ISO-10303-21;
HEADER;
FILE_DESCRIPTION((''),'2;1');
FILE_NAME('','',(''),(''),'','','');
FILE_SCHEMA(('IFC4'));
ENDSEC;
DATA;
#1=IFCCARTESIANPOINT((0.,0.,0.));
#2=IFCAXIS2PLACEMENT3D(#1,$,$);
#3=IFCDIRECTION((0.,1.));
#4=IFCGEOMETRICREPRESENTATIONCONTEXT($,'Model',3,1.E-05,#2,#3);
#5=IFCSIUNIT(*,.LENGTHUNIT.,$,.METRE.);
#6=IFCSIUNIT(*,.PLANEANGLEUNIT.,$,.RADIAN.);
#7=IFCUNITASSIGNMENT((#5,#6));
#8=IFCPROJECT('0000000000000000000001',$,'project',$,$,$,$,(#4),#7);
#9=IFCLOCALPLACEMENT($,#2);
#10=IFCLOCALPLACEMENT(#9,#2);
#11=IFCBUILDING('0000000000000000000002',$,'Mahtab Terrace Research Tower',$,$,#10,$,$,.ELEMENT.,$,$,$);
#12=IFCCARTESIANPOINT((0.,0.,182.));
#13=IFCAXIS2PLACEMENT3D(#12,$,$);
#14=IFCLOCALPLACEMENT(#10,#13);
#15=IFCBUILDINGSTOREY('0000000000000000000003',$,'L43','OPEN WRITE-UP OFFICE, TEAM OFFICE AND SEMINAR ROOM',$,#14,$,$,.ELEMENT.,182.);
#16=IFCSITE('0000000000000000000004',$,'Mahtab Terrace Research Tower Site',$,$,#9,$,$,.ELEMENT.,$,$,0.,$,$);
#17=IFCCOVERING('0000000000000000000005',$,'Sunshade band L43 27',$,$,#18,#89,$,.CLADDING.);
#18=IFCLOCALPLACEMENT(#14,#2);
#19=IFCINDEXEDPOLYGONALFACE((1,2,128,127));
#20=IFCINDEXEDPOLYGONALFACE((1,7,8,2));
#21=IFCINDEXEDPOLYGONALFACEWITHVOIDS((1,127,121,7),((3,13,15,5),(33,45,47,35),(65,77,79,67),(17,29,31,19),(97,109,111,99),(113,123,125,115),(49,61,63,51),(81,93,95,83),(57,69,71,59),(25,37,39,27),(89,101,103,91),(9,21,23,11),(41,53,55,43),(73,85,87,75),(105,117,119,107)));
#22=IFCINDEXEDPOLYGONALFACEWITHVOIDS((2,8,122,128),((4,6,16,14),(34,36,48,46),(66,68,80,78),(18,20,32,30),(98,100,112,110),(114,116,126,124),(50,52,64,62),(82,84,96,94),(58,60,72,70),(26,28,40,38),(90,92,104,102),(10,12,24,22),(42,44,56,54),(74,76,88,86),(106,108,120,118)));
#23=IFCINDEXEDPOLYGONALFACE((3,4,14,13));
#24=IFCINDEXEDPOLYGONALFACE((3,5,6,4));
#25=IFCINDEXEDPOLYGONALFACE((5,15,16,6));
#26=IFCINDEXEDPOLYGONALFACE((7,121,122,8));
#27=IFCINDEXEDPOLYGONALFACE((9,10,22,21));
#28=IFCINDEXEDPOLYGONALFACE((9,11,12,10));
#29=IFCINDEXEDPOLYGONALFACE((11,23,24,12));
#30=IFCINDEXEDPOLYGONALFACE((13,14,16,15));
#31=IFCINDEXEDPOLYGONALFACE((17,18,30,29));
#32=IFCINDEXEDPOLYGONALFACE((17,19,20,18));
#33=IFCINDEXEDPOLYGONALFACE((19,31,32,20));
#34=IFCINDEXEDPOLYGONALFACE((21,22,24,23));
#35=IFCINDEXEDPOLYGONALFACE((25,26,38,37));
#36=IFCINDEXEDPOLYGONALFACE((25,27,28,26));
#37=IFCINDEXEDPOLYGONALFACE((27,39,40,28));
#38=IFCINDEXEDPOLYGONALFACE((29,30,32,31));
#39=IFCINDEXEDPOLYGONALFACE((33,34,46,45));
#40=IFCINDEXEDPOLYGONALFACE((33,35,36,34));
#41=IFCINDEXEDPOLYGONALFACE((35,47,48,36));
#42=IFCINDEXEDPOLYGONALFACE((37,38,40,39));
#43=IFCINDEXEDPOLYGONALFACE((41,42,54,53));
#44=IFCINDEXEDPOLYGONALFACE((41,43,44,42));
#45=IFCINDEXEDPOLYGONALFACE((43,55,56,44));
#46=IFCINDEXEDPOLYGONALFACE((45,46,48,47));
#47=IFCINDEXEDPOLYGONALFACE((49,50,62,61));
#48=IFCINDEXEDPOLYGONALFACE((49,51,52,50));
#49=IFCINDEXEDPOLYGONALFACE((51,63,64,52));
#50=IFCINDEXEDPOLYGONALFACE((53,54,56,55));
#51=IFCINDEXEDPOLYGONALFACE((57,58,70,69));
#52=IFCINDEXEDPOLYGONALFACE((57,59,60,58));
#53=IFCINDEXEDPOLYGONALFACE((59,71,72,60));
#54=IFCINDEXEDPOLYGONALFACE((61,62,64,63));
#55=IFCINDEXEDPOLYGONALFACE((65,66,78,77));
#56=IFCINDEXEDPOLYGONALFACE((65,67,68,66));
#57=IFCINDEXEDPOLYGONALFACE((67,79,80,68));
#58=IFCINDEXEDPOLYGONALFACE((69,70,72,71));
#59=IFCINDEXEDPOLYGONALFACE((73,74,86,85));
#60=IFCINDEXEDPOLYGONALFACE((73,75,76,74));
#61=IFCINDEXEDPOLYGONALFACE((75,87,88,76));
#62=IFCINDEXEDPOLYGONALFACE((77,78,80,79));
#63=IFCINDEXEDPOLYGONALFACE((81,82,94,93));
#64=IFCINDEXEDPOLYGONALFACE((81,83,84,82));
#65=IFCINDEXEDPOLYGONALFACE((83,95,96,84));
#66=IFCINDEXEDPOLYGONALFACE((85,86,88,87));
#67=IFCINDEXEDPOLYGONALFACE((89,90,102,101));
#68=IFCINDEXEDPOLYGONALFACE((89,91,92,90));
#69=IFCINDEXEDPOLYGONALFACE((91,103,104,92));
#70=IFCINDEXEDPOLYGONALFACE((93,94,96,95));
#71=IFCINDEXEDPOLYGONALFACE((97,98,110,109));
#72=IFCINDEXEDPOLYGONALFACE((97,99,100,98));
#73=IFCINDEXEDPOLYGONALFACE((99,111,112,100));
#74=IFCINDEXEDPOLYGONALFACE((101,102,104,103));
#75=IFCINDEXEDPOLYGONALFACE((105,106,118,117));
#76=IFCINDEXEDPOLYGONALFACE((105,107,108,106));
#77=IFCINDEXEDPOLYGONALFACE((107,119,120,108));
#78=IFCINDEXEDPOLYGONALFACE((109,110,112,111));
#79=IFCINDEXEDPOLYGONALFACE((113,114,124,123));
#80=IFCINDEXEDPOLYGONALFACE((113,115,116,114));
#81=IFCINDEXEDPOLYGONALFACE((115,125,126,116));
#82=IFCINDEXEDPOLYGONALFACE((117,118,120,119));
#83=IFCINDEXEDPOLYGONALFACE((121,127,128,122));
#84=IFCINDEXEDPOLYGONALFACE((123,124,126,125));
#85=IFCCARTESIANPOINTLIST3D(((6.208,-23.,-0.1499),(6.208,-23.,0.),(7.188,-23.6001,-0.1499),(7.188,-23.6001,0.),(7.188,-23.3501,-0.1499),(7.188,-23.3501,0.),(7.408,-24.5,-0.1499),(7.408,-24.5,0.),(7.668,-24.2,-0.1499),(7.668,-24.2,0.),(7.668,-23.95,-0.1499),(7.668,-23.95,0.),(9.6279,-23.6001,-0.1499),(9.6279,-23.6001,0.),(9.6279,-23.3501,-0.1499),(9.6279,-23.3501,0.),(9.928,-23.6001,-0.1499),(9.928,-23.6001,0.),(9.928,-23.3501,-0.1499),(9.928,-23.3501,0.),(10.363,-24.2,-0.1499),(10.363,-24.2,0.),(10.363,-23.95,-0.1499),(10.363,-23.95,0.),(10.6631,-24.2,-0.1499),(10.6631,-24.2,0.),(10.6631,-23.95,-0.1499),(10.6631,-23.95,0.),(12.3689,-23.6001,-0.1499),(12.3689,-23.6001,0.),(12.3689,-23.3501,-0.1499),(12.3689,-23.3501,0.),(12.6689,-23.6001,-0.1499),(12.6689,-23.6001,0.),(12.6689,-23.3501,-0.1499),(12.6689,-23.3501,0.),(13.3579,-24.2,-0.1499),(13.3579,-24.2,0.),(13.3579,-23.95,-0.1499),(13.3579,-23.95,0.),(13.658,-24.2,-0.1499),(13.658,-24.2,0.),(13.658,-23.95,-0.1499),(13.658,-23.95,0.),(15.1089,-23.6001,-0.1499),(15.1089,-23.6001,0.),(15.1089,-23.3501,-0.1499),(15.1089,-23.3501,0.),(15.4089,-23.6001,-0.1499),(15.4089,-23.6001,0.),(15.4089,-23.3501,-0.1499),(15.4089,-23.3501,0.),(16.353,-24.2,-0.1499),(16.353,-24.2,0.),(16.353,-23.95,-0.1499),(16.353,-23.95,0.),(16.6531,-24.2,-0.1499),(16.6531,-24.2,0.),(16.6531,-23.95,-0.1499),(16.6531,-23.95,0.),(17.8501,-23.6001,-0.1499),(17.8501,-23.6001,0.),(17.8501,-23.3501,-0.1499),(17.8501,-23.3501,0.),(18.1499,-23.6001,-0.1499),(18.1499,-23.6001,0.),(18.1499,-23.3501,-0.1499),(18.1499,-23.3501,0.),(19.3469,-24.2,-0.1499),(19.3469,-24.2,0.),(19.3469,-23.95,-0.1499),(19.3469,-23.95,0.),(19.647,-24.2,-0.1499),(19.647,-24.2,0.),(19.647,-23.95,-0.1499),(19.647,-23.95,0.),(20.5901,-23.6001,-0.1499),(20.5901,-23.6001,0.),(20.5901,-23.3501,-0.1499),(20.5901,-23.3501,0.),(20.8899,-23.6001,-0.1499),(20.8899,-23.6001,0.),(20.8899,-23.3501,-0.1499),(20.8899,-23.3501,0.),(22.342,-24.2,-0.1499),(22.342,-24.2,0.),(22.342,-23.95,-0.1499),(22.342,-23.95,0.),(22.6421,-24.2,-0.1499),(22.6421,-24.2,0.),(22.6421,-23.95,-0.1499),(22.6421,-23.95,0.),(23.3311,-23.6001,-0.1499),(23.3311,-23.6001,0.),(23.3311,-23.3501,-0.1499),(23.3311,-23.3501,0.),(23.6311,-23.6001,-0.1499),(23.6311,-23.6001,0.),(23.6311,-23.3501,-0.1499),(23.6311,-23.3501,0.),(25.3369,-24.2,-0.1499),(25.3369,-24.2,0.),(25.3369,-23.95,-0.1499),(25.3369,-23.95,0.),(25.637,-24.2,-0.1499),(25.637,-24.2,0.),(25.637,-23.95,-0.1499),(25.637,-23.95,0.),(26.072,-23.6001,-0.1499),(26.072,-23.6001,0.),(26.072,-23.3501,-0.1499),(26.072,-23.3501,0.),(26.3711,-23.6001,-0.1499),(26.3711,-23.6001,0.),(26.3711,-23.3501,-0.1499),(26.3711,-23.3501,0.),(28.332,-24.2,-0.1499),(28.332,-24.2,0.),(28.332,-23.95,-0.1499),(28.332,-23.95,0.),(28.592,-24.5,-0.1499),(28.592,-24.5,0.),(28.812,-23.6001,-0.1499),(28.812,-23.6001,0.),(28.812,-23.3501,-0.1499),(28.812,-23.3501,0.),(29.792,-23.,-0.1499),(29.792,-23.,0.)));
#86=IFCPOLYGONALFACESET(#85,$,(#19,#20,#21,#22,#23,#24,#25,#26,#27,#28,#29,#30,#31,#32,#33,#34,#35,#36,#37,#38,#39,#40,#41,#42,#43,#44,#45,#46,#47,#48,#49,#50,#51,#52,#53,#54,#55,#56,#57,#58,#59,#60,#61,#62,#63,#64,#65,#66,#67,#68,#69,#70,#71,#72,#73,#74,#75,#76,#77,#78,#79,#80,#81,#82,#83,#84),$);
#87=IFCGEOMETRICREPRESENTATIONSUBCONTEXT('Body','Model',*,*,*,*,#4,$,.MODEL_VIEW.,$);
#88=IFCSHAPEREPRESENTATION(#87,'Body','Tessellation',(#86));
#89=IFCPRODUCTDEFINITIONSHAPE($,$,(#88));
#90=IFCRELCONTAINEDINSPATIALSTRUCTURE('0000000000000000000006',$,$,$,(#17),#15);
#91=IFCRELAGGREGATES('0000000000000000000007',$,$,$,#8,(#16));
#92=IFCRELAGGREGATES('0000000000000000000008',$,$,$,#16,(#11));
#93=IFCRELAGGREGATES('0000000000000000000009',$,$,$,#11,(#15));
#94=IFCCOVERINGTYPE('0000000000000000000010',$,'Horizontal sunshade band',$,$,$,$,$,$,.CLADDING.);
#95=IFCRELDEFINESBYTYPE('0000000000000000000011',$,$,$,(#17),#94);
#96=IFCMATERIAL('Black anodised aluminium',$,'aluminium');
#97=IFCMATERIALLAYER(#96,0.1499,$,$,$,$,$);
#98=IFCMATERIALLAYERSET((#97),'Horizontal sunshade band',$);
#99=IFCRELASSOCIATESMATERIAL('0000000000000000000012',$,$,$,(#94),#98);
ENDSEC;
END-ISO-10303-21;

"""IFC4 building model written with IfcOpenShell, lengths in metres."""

from ifc_helpers import new_model, si_unit, direction, frame, origin, place, context, subcontext, project, spatial, polyline, outline, extrude, material, layer, layer_set, type_object, element, save


model = new_model("IFC4")

# Units and contexts
model_context = context("Model", 3, precision=1e-05, world=origin(), true_north=direction((0.0, 1.0)))
body_context = subcontext(model_context, "Body", "Model", "MODEL_VIEW")
ifc_project = project(units=[si_unit("LENGTHUNIT", "METRE"), si_unit("PLANEANGLEUNIT", "RADIAN")], contexts=[model_context])

# Site, building, storey
site_placement = place(None, origin())
site = spatial("IfcSite", under=ifc_project, at=site_placement, Name="Mahtab Terrace Research Tower Site", CompositionType="ELEMENT", RefElevation=0.0)
building_placement = place(site_placement, origin())
building = spatial("IfcBuilding", under=site, at=building_placement, Name="Mahtab Terrace Research Tower", CompositionType="ELEMENT")
storey_placement = place(building_placement, frame((0.0, 0.0, 182.0)))
storey = spatial("IfcBuildingStorey", under=building, at=storey_placement, Name="L43", Description="OPEN WRITE-UP OFFICE, TEAM OFFICE AND SEMINAR ROOM", CompositionType="ELEMENT", Elevation=182.0)

# Covering
ifc_material_1 = material(Name="Black anodised aluminium", Category="aluminium")
ifc_layer_1 = layer(ifc_material_1, 0.1499)
ifc_layer_set_1 = layer_set([ifc_layer_1], Name="Horizontal sunshade band")
covering_type = type_object("IfcCoveringType", Name="Horizontal sunshade band", PredefinedType="CLADDING", material=ifc_layer_set_1)
covering_1_placement = place(storey_placement, frame((0.0, 0.0, -0.1499)))
element("IfcCovering", 1, at=covering_1_placement, inside=storey, type_object=covering_type, Name="Sunshade band L43 27", PredefinedType="CLADDING", context=body_context, shape_type="SweptSolid", body=[
    extrude(outline(polyline([(6.208, -23.0), (29.792, -23.0), (28.592, -24.5), (7.408, -24.5), (6.208, -23.0)]), holes=[polyline([(7.188, -23.3501), (9.6279, -23.3501), (9.6279, -23.6001), (7.188, -23.6001), (7.188, -23.3501)]), polyline([(9.928, -23.3501), (12.3689, -23.3501), (12.3689, -23.6001), (9.928, -23.6001), (9.928, -23.3501)]), polyline([(12.6689, -23.3501), (15.1089, -23.3501), (15.1089, -23.6001), (12.6689, -23.6001), (12.6689, -23.3501)]), polyline([(15.4089, -23.3501), (17.8501, -23.3501), (17.8501, -23.6001), (15.4089, -23.6001), (15.4089, -23.3501)]), polyline([(18.1499, -23.3501), (20.5901, -23.3501), (20.5901, -23.6001), (18.1499, -23.6001), (18.1499, -23.3501)]), polyline([(20.8899, -23.3501), (23.3311, -23.3501), (23.3311, -23.6001), (20.8899, -23.6001), (20.8899, -23.3501)]), polyline([(23.6311, -23.3501), (26.072, -23.3501), (26.072, -23.6001), (23.6311, -23.6001), (23.6311, -23.3501)]), polyline([(26.3711, -23.3501), (28.812, -23.3501), (28.812, -23.6001), (26.3711, -23.6001), (26.3711, -23.3501)]), polyline([(7.668, -23.95), (10.363, -23.95), (10.363, -24.2), (7.668, -24.2), (7.668, -23.95)]), polyline([(10.6631, -23.95), (13.3579, -23.95), (13.3579, -24.2), (10.6631, -24.2), (10.6631, -23.95)]), polyline([(13.658, -23.95), (16.353, -23.95), (16.353, -24.2), (13.658, -24.2), (13.658, -23.95)]), polyline([(16.6531, -23.95), (19.3469, -23.95), (19.3469, -24.2), (16.6531, -24.2), (16.6531, -23.95)]), polyline([(19.647, -23.95), (22.342, -23.95), (22.342, -24.2), (19.647, -24.2), (19.647, -23.95)]), polyline([(22.6421, -23.95), (25.3369, -23.95), (25.3369, -24.2), (22.6421, -24.2), (22.6421, -23.95)]), polyline([(25.637, -23.95), (28.332, -23.95), (28.332, -24.2), (25.637, -24.2), (25.637, -23.95)])]), origin(), (0.0, 0.0, 1.0), 0.1499),
])

save(model, "model.ifc")
